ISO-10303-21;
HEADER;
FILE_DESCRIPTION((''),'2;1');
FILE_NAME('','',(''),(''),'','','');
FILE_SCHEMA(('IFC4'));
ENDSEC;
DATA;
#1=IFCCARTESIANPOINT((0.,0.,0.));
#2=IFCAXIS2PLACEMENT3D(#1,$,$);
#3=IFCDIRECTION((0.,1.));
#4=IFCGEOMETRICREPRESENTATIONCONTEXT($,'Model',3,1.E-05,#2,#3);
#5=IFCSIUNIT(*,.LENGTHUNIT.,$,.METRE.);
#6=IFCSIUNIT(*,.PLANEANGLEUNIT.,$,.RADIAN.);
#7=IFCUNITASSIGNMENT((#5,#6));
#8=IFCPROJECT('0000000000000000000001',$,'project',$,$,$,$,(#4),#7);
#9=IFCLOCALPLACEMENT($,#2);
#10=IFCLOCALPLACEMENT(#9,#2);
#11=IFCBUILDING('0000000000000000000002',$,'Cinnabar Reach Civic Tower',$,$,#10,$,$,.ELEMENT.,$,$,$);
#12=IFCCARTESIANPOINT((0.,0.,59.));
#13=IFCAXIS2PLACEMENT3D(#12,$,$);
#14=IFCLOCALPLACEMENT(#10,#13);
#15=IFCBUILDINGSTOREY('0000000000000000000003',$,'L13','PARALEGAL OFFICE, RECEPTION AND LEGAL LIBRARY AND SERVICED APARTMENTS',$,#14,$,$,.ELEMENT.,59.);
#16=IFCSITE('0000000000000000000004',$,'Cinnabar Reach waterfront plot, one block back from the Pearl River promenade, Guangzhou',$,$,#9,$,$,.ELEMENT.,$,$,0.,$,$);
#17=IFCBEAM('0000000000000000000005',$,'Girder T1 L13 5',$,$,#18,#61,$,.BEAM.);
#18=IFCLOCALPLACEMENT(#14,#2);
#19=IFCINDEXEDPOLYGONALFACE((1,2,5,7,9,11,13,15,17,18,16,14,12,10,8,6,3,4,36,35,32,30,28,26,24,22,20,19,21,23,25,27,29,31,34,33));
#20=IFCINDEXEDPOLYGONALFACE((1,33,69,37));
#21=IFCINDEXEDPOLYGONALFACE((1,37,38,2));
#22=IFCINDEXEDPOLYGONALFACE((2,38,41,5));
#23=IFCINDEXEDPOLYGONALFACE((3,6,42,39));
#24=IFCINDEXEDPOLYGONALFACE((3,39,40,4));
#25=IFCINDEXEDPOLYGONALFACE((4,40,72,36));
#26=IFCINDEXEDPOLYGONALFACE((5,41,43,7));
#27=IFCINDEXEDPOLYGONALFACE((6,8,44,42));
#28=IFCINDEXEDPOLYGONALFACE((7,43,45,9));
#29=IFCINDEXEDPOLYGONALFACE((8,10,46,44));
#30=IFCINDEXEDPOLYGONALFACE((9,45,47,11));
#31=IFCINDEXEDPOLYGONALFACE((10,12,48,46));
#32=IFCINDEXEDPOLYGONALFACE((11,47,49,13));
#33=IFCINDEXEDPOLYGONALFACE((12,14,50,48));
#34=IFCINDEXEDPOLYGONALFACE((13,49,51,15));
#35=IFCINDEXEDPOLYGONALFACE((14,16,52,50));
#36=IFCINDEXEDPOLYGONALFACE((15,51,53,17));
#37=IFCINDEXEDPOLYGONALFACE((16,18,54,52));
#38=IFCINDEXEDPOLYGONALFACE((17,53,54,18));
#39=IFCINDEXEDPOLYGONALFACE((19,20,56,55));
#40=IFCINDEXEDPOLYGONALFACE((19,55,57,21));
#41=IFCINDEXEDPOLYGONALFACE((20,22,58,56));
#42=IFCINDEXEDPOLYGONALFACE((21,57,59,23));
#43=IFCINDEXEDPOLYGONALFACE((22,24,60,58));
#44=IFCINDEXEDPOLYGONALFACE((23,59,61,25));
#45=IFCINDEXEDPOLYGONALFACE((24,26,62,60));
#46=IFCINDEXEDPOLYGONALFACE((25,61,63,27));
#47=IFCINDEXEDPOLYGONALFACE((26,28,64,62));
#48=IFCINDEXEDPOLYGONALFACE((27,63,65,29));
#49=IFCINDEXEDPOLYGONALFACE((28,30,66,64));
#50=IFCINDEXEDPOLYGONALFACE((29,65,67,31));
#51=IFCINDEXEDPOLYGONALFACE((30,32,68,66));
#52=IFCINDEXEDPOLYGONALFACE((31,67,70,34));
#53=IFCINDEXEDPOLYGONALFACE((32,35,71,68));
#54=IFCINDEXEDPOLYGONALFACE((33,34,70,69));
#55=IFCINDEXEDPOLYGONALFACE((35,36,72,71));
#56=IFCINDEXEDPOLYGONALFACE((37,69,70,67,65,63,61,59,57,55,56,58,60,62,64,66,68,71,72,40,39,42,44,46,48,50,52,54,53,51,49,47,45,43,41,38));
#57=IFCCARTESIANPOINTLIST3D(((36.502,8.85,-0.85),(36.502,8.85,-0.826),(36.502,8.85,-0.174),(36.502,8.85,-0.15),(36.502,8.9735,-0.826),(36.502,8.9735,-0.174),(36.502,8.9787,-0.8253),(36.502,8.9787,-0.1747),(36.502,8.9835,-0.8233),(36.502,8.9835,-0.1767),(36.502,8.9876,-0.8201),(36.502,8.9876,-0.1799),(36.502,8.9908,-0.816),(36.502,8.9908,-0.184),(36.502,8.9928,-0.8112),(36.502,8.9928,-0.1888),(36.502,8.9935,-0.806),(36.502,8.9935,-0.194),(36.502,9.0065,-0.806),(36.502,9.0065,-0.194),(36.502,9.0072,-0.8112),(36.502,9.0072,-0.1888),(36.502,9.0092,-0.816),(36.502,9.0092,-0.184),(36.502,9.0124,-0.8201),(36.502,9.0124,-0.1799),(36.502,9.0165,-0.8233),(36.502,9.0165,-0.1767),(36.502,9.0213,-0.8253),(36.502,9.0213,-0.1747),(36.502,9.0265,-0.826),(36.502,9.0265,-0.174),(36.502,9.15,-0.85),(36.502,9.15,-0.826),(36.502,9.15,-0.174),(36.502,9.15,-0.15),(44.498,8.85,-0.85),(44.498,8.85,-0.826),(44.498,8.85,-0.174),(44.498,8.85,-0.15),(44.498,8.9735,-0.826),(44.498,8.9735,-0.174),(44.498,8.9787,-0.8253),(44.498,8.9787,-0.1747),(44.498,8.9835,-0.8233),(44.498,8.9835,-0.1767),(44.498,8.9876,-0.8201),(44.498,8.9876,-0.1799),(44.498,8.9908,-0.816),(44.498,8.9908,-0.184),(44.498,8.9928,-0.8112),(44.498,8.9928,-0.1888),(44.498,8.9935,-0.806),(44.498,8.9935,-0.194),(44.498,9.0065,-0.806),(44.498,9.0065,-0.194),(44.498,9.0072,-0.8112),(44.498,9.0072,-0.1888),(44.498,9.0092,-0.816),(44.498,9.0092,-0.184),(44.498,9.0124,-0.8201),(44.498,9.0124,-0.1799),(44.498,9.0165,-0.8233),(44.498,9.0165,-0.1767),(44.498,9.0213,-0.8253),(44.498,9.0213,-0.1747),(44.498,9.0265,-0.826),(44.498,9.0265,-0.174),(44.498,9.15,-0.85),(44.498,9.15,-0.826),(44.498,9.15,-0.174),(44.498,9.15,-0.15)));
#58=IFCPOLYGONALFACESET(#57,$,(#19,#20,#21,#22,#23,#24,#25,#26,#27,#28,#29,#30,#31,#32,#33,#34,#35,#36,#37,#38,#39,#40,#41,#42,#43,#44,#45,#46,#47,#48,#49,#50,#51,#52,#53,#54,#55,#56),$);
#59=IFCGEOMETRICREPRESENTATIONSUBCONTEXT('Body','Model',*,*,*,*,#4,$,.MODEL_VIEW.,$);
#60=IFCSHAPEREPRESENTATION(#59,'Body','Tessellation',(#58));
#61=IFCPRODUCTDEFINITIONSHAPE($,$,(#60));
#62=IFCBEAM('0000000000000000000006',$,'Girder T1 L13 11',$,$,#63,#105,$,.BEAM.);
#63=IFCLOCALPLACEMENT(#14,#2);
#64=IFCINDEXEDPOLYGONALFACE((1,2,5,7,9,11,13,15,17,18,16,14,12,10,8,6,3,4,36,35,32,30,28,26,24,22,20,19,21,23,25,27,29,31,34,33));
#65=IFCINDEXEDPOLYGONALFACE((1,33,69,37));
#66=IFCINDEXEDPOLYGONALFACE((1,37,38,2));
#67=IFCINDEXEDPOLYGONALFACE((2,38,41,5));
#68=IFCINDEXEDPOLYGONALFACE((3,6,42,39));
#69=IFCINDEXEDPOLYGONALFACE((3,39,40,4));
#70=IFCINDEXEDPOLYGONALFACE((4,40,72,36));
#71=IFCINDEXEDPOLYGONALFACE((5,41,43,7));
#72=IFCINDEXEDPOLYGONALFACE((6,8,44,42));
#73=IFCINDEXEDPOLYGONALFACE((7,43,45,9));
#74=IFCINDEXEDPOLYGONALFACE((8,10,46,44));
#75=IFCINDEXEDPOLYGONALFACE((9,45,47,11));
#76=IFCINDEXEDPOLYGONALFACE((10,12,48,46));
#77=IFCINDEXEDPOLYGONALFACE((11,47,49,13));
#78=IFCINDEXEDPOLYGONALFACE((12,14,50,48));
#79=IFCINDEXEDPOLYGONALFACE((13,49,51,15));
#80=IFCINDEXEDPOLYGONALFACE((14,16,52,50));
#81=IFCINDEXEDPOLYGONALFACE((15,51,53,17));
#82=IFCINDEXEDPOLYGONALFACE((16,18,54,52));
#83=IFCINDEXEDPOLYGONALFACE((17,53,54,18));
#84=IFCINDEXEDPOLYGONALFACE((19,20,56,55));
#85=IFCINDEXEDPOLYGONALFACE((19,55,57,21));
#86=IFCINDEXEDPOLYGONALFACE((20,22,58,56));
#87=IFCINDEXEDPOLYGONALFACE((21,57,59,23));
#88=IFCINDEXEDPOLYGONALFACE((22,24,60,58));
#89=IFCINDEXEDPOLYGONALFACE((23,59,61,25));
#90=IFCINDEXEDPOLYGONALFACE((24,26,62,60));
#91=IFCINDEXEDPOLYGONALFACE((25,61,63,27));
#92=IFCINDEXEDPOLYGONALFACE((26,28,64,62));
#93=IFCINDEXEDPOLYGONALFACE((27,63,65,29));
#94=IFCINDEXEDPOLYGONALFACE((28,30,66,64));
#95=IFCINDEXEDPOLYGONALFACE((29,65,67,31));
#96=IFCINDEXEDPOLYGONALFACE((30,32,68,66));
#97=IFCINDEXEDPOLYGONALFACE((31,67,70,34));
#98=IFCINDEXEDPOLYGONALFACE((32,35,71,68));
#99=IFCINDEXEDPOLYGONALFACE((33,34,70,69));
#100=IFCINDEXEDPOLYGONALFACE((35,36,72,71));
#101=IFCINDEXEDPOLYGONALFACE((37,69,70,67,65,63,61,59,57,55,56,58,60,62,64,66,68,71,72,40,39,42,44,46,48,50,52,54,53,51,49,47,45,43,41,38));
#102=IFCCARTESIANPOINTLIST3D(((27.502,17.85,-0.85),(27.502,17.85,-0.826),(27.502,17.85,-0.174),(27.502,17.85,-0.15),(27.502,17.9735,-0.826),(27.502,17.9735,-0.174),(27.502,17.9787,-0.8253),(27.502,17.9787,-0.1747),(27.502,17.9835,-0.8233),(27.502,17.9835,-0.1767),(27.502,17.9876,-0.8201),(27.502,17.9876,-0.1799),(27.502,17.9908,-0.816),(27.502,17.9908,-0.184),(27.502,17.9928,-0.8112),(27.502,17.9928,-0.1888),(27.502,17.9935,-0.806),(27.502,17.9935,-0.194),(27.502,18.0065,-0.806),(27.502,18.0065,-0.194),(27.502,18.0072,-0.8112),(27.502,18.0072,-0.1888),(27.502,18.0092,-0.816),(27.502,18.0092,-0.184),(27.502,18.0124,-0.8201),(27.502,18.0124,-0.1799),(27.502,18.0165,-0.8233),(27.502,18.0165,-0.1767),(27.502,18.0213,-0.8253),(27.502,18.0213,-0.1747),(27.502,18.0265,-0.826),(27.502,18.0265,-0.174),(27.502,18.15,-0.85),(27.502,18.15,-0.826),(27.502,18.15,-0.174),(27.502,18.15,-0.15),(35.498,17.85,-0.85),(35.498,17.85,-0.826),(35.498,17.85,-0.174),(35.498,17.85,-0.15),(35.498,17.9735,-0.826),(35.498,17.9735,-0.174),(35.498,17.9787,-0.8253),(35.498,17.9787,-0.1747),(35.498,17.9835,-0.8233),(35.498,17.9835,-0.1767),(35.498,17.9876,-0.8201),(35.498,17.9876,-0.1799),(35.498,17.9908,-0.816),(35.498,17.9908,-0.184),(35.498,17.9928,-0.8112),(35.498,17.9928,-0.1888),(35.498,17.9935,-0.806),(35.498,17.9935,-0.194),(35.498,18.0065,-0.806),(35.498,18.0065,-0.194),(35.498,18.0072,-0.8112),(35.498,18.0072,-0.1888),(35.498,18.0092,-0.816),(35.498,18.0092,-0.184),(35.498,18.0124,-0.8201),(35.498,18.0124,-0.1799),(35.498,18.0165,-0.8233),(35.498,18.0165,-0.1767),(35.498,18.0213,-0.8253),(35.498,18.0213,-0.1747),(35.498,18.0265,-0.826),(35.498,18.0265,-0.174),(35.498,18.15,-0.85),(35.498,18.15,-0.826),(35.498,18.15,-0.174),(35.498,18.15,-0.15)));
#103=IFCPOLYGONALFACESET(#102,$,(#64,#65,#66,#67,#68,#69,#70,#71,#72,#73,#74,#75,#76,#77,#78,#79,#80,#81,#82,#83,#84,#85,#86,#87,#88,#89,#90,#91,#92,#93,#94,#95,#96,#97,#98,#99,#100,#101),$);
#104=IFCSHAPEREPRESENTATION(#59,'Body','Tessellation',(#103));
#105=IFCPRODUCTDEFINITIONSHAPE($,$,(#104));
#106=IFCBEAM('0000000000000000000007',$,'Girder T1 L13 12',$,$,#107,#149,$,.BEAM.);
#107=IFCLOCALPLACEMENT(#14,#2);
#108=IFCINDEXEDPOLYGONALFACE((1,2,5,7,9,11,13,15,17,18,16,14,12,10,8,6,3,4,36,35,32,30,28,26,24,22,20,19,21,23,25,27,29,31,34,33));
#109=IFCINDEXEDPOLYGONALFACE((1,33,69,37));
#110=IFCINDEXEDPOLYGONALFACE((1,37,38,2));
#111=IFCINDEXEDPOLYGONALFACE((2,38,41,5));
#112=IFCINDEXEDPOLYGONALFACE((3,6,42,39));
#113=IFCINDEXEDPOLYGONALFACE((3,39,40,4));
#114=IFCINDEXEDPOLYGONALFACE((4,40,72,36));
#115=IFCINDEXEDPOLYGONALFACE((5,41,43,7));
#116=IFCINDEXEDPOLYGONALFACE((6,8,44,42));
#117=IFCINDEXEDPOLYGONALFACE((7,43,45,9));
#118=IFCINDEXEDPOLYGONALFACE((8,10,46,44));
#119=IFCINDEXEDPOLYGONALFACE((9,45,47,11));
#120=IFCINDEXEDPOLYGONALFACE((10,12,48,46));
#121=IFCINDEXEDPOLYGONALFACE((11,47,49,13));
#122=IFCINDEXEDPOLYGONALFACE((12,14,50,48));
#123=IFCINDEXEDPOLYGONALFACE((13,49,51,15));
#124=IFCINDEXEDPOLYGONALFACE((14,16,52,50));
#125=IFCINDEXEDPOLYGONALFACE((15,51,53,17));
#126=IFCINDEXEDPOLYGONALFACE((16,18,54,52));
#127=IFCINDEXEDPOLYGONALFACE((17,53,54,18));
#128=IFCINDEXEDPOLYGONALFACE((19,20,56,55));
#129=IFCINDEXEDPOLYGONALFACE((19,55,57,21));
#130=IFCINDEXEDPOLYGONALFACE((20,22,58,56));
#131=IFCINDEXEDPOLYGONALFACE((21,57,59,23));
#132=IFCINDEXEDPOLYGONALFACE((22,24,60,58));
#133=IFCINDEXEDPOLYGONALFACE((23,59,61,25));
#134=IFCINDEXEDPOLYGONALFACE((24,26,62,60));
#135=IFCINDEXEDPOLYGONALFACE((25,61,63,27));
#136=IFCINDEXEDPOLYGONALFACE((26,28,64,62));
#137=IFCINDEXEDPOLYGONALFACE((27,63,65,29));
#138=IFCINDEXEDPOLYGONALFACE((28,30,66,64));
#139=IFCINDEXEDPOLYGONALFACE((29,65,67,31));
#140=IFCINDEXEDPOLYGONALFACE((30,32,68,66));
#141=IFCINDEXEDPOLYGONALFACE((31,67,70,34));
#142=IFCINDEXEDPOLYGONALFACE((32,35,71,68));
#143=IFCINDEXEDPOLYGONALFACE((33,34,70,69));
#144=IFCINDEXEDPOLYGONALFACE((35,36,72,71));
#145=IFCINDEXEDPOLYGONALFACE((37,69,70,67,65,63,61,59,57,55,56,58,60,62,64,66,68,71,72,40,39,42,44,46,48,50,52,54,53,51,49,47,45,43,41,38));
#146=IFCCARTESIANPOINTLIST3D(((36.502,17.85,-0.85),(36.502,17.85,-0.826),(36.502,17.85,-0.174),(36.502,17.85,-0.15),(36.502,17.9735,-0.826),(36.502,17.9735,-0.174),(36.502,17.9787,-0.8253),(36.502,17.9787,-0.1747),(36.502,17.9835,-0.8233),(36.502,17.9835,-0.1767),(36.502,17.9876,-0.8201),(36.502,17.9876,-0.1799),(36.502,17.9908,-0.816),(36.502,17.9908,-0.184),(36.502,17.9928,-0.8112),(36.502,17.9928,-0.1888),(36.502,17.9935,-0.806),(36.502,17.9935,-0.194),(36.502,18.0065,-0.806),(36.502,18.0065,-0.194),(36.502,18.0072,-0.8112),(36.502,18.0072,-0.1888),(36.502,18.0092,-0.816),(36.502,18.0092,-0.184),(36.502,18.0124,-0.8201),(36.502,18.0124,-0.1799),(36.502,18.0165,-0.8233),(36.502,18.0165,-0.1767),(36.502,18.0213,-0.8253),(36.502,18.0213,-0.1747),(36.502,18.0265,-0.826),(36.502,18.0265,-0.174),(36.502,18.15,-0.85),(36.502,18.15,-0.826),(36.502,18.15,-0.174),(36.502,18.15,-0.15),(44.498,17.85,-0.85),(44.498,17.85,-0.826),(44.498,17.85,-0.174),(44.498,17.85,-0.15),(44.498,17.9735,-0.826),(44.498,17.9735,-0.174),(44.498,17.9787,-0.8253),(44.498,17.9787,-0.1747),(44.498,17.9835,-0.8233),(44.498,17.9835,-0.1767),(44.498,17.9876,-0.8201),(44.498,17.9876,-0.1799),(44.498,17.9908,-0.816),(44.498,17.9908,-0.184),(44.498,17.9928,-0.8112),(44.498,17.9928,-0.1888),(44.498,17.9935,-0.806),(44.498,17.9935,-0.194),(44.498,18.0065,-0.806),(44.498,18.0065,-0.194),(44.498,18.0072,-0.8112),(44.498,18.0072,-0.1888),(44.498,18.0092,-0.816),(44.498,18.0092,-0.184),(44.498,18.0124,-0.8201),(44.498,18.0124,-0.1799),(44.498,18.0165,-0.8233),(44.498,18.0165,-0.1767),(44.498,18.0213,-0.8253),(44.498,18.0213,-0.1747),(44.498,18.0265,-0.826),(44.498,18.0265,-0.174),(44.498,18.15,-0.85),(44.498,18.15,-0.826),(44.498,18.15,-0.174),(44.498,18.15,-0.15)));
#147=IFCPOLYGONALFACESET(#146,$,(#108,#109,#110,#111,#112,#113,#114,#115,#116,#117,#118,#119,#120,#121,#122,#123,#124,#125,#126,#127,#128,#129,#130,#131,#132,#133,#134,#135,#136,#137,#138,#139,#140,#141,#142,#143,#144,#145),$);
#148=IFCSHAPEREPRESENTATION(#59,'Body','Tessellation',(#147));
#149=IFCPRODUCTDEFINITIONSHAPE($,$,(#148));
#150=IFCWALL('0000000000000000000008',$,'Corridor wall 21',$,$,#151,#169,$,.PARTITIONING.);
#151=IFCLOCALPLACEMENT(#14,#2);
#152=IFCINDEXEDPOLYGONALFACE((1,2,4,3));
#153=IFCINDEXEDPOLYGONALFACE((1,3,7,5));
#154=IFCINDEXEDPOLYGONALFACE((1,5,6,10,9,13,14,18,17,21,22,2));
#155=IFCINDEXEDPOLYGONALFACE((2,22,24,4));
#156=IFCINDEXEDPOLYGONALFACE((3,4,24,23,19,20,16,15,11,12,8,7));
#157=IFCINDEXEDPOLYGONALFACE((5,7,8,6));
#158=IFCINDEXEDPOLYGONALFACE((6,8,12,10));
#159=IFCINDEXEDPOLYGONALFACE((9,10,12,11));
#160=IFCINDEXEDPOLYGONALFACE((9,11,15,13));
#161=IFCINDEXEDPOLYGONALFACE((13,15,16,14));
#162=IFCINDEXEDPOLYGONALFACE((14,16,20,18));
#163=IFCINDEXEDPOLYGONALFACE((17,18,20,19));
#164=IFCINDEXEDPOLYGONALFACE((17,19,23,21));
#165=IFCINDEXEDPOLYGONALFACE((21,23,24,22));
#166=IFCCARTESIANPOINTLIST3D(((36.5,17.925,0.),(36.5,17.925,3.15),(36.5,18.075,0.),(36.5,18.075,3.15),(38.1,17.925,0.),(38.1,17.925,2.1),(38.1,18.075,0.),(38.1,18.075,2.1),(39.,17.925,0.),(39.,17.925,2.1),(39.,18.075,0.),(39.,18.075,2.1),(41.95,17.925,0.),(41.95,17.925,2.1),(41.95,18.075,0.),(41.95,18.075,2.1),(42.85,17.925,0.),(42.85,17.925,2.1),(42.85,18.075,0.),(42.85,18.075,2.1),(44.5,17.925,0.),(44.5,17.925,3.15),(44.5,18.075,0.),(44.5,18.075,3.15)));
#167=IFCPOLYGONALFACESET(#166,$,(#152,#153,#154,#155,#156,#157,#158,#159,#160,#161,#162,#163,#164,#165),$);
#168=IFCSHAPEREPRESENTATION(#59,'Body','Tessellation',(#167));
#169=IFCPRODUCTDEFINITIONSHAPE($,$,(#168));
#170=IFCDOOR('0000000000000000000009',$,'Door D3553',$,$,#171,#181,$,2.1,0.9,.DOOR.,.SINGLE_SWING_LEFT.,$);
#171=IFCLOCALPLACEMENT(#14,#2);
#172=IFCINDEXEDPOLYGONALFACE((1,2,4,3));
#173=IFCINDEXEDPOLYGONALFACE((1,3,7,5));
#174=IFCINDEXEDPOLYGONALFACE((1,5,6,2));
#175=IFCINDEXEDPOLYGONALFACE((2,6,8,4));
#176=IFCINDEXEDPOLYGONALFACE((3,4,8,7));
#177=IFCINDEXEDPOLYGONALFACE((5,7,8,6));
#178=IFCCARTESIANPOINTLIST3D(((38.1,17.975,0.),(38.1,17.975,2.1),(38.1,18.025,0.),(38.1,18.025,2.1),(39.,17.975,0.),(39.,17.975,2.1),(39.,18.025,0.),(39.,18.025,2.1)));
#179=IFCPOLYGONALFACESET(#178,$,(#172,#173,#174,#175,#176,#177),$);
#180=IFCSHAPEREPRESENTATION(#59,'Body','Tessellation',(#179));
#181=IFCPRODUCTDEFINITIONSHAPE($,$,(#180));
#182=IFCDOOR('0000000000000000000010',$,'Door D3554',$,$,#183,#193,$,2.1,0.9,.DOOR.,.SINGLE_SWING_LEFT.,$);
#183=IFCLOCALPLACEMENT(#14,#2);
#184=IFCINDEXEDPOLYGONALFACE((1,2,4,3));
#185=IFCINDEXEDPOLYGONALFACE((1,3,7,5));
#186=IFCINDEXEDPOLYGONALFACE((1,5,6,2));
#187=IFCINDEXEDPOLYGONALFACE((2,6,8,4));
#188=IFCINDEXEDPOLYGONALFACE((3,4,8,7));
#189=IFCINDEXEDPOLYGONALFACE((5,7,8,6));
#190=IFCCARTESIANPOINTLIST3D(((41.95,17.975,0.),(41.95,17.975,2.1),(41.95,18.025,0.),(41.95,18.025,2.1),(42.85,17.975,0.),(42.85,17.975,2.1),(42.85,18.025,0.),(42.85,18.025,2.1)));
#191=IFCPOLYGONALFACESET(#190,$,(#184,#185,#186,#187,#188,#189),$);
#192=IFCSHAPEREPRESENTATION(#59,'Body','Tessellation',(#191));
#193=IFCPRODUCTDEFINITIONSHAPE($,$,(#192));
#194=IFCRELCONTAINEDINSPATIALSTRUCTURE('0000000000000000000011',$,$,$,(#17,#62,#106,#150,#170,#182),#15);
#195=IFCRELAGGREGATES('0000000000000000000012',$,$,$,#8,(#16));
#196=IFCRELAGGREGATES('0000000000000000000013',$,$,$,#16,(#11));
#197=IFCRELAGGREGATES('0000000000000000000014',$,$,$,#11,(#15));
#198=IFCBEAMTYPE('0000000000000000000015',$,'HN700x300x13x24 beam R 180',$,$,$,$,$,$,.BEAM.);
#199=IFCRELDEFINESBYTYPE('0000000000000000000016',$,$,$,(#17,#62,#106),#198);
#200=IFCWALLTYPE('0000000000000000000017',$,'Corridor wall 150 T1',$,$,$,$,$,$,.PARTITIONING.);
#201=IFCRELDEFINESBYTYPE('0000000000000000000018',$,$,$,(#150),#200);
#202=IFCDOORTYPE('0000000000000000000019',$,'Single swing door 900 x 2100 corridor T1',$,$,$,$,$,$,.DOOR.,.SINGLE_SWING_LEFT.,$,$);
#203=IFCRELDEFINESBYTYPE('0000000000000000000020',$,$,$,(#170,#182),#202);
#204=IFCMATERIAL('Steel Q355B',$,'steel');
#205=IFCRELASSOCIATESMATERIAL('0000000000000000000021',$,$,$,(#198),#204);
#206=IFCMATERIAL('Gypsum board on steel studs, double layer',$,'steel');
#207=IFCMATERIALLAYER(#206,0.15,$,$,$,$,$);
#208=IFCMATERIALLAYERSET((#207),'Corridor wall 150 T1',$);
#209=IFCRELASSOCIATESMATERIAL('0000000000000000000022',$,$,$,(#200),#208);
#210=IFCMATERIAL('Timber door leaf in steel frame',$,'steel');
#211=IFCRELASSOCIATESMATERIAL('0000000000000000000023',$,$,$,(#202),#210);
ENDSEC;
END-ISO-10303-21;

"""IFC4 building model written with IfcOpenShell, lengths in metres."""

from ifc_helpers import new_model, si_unit, direction, frame, frame_2d, origin, origin_2d, place, context, subcontext, project, spatial, rectangle, i_section, extrude, material, layer, layer_set, material_profile, profile_set, type_object, element, fill, save


model = new_model("IFC4")

# Units and contexts
model_context = context("Model", 3, precision=1e-05, world=origin(), true_north=direction((0.0, 1.0)))
body_context = subcontext(model_context, "Body", "Model", "MODEL_VIEW")
ifc_project = project(units=[si_unit("LENGTHUNIT", "METRE"), si_unit("PLANEANGLEUNIT", "RADIAN")], contexts=[model_context])

# Site, building, storey
site_placement = place(None, origin())
site = spatial("IfcSite", under=ifc_project, at=site_placement, Name="Cinnabar Reach waterfront plot, one block back from the Pearl River promenade, Guangzhou", CompositionType="ELEMENT", RefElevation=0.0)
building_placement = place(site_placement, origin())
building = spatial("IfcBuilding", under=site, at=building_placement, Name="Cinnabar Reach Civic Tower", CompositionType="ELEMENT")
storey_placement = place(building_placement, frame((0.0, 0.0, 59.0)))
storey = spatial("IfcBuildingStorey", under=building, at=storey_placement, Name="L13", Description="PARALEGAL OFFICE, RECEPTION AND LEGAL LIBRARY AND SERVICED APARTMENTS", CompositionType="ELEMENT", Elevation=59.0)

# Beams
ifc_material_1 = material(Name="Steel Q355B", Category="steel")
ifc_material_profile_1 = material_profile(ifc_material_1, i_section(OverallWidth=0.3, OverallDepth=0.7, WebThickness=0.013, FlangeThickness=0.024, FilletRadius=0.02, at=origin_2d()), Name="HN700x300x13x24")
ifc_profile_set_1 = profile_set([ifc_material_profile_1], Name="Steel Q355B")
beam_type_1 = type_object("IfcBeamType", Name="HN700x300x13x24 beam R 180", PredefinedType="BEAM", material=ifc_profile_set_1)
for number, where, z_axis, x_axis, name in (
    (1, (36.502, 9.0, -0.5), (1.0, 0.0, 0.0), (0.0, 1.0, 0.0), "Girder T1 L13 5"),
    (2, (27.502, 18.0, -0.5), (1.0, 0.0, 0.0), (0.0, 1.0, 0.0), "Girder T1 L13 11"),
    (3, (36.502, 18.0, -0.5), (1.0, 0.0, 0.0), (0.0, 1.0, 0.0), "Girder T1 L13 12"),
):
    element("IfcBeam", number, at=place(storey_placement, frame(where, z_axis=z_axis, x_axis=x_axis)), inside=storey, type_object=beam_type_1, Name=name, PredefinedType="BEAM", context=body_context, shape_type="SweptSolid", body=[
        extrude(i_section(OverallWidth=0.3, OverallDepth=0.7, WebThickness=0.013, FlangeThickness=0.024, FilletRadius=0.02, at=origin_2d()), origin(), (0.0, 0.0, 1.0), 7.996),
    ])

# Wall, openings, doors
ifc_material_2 = material(Name="Gypsum board on steel studs, double layer", Category="steel")
ifc_layer_1 = layer(ifc_material_2, 0.15)
ifc_layer_set_1 = layer_set([ifc_layer_1], Name="Corridor wall 150 T1")
wall_type_1 = type_object("IfcWallType", Name="Corridor wall 150 T1", PredefinedType="PARTITIONING", material=ifc_layer_set_1)
wall_1_placement = place(storey_placement, frame((36.5, 18.0, 0.0), z_axis=(0.0, 0.0, 1.0), x_axis=(1.0, 0.0, 0.0)))
wall_1 = element("IfcWall", 4, at=wall_1_placement, inside=storey, type_object=wall_type_1, Name="Corridor wall 21", PredefinedType="PARTITIONING", context=body_context, shape_type="SweptSolid", body=[
    extrude(rectangle(XDim=8.0, YDim=0.15, at=frame_2d((4.0, 0.0))), origin(), (0.0, 0.0, 1.0), 3.15),
])
opening_1_placement = place(wall_1_placement, frame((1.6, 0.0, 0.0)))
opening_1 = element("IfcOpeningElement", 5, at=opening_1_placement, cuts=wall_1, PredefinedType="OPENING", context=body_context, shape_type="SweptSolid", body=[
    extrude(rectangle(XDim=0.9, YDim=2.1, at=frame_2d((0.45, 1.05))), frame((0.0, 0.085, 0.0), z_axis=(0.0, -1.0, 0.0), x_axis=(1.0, 0.0, 0.0)), (0.0, 0.0, 1.0), 0.17),
])
opening_2_placement = place(wall_1_placement, frame((5.45, 0.0, 0.0)))
opening_2 = element("IfcOpeningElement", 6, at=opening_2_placement, cuts=wall_1, PredefinedType="OPENING", context=body_context, shape_type="SweptSolid", body=[
    extrude(rectangle(XDim=0.9, YDim=2.1, at=frame_2d((0.45, 1.05))), frame((0.0, 0.085, 0.0), z_axis=(0.0, -1.0, 0.0), x_axis=(1.0, 0.0, 0.0)), (0.0, 0.0, 1.0), 0.17),
])
ifc_material_3 = material(Name="Timber door leaf in steel frame", Category="steel")
door_type = type_object("IfcDoorType", Name="Single swing door 900 x 2100 corridor T1", OperationType="SINGLE_SWING_LEFT", PredefinedType="DOOR", material=ifc_material_3)
door_1_placement = place(opening_1_placement, frame((0.9, 0.0, 0.0), z_axis=(0.0, 0.0, 1.0), x_axis=(-1.0, 0.0, 0.0)))
door_1 = element("IfcDoor", 7, at=door_1_placement, inside=storey, type_object=door_type, Name="Door D3553", OperationType="SINGLE_SWING_LEFT", OverallHeight=2.1, OverallWidth=0.9, PredefinedType="DOOR", context=body_context, shape_type="SweptSolid", body=[
    extrude(rectangle(XDim=0.9, YDim=2.1, at=frame_2d((0.45, 1.05))), frame((0.0, 0.025, 0.0), z_axis=(0.0, -1.0, 0.0), x_axis=(1.0, 0.0, 0.0)), (0.0, 0.0, 1.0), 0.05),
])
fill(opening_1, door_1)
door_2_placement = place(opening_2_placement, frame((0.9, 0.0, 0.0), z_axis=(0.0, 0.0, 1.0), x_axis=(-1.0, 0.0, 0.0)))
door_2 = element("IfcDoor", 8, at=door_2_placement, inside=storey, type_object=door_type, Name="Door D3554", OperationType="SINGLE_SWING_LEFT", OverallHeight=2.1, OverallWidth=0.9, PredefinedType="DOOR", context=body_context, shape_type="SweptSolid", body=[
    extrude(rectangle(XDim=0.9, YDim=2.1, at=frame_2d((0.45, 1.05))), frame((0.0, 0.025, 0.0), z_axis=(0.0, -1.0, 0.0), x_axis=(1.0, 0.0, 0.0)), (0.0, 0.0, 1.0), 0.05),
])
fill(opening_2, door_2)

save(model, "model.ifc")
